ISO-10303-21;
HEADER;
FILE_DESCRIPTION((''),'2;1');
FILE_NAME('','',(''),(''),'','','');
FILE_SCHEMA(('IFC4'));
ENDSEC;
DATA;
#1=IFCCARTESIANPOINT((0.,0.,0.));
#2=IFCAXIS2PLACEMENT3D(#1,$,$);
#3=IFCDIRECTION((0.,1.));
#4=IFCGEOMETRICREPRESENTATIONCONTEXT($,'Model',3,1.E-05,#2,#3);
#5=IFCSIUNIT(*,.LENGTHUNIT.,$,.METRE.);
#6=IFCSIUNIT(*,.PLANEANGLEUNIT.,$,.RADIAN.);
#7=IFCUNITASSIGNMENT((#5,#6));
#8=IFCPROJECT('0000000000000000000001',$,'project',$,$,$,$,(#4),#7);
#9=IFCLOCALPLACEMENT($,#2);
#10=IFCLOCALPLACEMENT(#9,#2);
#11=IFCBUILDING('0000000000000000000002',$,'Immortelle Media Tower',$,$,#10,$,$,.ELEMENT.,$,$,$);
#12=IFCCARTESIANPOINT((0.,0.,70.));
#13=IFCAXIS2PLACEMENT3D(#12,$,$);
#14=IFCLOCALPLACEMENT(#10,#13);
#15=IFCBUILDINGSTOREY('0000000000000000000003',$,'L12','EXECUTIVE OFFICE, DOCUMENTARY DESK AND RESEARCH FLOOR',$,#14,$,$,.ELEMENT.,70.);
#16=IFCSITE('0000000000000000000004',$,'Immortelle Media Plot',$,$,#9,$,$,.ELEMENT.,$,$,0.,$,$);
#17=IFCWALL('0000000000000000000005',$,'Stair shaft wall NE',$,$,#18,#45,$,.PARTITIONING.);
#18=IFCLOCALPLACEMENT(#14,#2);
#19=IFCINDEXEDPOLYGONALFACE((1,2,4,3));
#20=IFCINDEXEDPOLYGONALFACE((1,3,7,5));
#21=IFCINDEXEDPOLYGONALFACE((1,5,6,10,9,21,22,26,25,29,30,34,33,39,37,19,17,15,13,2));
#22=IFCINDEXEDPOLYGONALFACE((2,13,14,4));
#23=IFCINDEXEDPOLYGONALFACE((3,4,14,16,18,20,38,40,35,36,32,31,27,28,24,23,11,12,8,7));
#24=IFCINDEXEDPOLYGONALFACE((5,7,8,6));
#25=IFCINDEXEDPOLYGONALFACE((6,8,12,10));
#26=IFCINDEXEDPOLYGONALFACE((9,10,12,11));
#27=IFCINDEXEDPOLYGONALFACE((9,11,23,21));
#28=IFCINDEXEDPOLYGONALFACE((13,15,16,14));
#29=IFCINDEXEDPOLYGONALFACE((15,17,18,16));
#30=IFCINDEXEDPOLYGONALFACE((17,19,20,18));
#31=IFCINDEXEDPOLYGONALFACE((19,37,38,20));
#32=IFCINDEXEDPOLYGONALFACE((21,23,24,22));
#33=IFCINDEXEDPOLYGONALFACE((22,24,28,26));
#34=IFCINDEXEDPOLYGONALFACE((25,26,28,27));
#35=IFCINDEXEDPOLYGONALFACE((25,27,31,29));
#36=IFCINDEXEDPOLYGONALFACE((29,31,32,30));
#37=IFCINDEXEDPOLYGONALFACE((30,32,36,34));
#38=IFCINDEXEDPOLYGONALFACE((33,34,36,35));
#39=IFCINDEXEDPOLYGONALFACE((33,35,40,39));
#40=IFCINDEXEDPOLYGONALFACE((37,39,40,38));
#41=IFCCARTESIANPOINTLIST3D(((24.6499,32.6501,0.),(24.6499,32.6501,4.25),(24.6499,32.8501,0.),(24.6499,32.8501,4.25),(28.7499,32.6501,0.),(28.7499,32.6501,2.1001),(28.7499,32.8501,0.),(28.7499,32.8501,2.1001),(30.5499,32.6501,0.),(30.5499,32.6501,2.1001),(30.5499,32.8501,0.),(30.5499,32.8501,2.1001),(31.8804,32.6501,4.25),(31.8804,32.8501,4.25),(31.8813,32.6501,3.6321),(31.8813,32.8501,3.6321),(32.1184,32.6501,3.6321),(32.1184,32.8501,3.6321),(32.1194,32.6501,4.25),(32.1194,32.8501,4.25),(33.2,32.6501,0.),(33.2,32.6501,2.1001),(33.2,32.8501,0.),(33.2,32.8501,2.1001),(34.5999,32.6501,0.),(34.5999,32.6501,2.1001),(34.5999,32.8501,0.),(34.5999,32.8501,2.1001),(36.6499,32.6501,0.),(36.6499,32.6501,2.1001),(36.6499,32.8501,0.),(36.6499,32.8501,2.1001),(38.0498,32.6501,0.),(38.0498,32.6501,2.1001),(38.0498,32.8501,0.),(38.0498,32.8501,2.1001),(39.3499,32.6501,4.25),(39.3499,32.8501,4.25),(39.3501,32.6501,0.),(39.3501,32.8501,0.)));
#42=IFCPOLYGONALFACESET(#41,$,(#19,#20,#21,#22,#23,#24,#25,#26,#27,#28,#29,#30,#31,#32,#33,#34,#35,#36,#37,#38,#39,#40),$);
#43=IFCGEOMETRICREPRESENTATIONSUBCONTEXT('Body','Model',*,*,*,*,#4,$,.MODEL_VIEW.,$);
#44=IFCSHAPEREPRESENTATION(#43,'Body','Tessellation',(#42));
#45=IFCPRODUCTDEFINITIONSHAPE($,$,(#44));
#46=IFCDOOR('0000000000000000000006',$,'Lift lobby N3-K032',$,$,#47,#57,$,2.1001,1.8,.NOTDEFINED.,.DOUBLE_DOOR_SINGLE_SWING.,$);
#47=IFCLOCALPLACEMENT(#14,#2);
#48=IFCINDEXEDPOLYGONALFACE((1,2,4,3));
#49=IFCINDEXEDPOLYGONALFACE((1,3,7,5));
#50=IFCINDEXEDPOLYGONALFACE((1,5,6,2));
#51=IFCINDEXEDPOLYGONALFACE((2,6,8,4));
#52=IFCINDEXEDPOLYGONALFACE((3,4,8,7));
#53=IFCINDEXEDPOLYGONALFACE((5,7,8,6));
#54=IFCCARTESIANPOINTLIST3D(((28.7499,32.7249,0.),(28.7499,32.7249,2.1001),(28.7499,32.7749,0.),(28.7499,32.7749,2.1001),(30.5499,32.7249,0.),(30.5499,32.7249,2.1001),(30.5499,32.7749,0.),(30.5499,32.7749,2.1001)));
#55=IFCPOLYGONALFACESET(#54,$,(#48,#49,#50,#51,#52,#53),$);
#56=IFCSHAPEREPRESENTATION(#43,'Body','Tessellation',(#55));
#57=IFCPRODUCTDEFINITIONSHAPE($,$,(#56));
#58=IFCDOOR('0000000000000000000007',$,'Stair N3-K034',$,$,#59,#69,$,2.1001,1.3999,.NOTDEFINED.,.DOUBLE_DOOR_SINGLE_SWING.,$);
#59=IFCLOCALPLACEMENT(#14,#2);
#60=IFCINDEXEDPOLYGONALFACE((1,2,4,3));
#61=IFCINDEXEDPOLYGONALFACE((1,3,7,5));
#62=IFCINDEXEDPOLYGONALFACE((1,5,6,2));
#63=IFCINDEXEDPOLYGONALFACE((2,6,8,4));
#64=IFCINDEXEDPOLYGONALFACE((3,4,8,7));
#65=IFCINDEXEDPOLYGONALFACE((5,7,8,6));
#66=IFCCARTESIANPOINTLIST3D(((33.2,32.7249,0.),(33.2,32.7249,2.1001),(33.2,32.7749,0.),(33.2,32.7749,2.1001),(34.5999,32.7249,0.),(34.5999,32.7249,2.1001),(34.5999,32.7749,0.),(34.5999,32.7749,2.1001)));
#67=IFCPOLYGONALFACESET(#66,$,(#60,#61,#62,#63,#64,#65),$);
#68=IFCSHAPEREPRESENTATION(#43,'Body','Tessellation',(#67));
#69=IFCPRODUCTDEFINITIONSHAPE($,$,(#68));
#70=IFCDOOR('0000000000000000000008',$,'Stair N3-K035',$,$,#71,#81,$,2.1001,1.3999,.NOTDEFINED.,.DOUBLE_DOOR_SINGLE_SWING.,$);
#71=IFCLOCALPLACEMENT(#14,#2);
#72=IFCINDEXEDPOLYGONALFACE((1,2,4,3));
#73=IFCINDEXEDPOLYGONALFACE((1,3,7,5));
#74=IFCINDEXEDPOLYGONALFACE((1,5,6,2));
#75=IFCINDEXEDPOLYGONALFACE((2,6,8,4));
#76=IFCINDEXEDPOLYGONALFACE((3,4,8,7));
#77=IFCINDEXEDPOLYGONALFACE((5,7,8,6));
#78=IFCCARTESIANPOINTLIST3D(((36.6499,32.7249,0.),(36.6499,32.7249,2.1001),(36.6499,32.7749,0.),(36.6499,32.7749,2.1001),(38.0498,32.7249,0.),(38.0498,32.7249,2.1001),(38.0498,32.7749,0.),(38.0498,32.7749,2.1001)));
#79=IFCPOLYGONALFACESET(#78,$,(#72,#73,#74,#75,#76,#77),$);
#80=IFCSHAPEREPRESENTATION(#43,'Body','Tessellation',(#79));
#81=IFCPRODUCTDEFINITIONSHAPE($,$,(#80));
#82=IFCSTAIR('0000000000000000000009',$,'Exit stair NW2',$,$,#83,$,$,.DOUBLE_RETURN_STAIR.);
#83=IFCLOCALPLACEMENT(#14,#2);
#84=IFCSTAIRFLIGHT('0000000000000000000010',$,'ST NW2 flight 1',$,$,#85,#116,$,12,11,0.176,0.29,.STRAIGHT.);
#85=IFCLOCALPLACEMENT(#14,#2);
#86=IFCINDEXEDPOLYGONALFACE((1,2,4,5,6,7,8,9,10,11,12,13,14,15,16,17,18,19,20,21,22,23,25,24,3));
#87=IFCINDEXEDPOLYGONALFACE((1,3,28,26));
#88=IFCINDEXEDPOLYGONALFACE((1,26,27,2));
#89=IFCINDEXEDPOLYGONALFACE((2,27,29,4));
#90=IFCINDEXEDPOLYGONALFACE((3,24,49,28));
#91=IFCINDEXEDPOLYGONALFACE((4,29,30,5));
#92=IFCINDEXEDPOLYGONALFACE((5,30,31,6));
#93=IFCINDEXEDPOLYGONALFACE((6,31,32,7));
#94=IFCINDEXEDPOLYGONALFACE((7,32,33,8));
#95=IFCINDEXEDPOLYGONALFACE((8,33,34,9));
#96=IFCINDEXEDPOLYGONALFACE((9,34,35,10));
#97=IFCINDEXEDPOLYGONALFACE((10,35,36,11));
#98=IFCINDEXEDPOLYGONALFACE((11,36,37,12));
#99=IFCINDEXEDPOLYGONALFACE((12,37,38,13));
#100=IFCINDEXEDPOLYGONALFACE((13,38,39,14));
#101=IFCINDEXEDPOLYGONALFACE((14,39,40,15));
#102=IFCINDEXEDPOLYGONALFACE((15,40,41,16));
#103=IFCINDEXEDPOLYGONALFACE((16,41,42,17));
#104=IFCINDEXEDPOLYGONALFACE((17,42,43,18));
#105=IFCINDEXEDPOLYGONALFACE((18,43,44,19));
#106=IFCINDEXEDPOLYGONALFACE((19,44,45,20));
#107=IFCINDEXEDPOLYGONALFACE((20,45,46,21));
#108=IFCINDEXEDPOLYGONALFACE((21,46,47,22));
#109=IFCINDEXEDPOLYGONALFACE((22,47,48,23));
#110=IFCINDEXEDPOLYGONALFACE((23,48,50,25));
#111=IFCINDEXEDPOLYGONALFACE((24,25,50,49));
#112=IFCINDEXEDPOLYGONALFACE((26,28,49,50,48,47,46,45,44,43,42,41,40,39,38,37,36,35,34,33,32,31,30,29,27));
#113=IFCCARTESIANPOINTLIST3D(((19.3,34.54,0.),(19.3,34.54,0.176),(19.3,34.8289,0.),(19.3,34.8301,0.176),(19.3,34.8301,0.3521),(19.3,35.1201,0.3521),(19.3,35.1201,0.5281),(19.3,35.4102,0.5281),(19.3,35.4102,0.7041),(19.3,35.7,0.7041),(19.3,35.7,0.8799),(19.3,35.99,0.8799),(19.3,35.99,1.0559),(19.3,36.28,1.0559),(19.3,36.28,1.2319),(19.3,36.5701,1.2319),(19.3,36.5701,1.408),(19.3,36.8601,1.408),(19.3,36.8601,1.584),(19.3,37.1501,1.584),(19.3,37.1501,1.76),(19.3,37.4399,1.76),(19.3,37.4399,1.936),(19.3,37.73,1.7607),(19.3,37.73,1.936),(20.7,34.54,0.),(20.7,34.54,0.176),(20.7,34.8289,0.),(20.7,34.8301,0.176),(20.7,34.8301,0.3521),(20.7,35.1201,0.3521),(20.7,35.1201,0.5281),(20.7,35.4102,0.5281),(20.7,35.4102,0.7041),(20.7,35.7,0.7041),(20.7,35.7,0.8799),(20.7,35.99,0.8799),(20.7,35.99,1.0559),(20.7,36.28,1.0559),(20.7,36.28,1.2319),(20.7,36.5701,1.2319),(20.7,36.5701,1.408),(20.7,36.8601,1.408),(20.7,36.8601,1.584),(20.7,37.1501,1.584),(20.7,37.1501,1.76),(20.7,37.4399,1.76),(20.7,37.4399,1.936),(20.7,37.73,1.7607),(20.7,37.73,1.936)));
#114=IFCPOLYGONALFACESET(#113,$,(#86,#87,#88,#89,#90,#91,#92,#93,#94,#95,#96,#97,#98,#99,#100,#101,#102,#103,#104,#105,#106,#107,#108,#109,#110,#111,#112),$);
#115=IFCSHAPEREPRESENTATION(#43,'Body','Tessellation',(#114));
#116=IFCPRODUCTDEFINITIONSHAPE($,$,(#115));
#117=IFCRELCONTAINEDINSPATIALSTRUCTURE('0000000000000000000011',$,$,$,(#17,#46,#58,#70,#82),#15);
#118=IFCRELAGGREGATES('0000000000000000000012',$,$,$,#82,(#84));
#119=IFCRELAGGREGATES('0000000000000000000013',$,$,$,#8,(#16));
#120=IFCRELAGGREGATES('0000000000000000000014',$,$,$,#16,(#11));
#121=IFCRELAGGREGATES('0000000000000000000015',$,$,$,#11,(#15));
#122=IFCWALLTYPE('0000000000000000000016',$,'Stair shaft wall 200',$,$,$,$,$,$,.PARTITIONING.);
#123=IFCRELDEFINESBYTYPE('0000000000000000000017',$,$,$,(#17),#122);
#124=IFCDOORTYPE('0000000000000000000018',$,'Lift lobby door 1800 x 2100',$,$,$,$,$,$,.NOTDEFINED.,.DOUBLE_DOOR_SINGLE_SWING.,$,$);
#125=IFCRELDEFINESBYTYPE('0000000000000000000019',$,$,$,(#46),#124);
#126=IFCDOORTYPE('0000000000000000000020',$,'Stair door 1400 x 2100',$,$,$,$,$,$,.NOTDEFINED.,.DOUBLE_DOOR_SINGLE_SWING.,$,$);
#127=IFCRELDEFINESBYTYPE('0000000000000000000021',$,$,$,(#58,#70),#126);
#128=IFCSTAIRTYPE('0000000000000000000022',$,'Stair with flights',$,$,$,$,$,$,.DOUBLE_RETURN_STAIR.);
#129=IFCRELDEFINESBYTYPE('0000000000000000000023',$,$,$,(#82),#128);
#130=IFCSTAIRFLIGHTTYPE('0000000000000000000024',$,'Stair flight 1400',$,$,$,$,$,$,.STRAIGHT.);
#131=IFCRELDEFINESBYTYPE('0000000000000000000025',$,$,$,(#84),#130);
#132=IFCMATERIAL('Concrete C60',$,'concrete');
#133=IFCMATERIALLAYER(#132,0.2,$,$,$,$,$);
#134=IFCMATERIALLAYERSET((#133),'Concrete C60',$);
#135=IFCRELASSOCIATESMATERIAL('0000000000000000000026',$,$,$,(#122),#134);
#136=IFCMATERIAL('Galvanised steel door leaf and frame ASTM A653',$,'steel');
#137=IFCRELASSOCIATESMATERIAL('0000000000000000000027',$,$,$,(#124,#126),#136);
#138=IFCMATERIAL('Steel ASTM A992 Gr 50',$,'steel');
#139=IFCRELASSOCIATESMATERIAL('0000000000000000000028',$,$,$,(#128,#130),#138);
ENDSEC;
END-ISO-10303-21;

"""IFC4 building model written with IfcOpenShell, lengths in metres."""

from ifc_helpers import new_model, si_unit, direction, frame, frame_2d, origin, place, context, subcontext, project, spatial, polyline, rectangle, outline, extrude, material, layer, layer_set, type_object, element, fill, aggregate, save


model = new_model("IFC4")

# Units and contexts
model_context = context("Model", 3, precision=1e-05, world=origin(), true_north=direction((0.0, 1.0)))
body_context = subcontext(model_context, "Body", "Model", "MODEL_VIEW")
ifc_project = project(units=[si_unit("LENGTHUNIT", "METRE"), si_unit("PLANEANGLEUNIT", "RADIAN")], contexts=[model_context])

# Site, building, storey
site_placement = place(None, origin())
site = spatial("IfcSite", under=ifc_project, at=site_placement, Name="Immortelle Media Plot", CompositionType="ELEMENT", RefElevation=0.0)
building_placement = place(site_placement, origin())
building = spatial("IfcBuilding", under=site, at=building_placement, Name="Immortelle Media Tower", CompositionType="ELEMENT")
storey_placement = place(building_placement, frame((0.0, 0.0, 70.0)))
storey = spatial("IfcBuildingStorey", under=building, at=storey_placement, Name="L12", Description="EXECUTIVE OFFICE, DOCUMENTARY DESK AND RESEARCH FLOOR", CompositionType="ELEMENT", Elevation=70.0)

# Shared definitions
ifc_material_1 = material(Name="Steel ASTM A992 Gr 50", Category="steel")

# Shared definitions
ifc_material_2 = material(Name="Concrete C60", Category="concrete")
ifc_layer_1 = layer(ifc_material_2, 0.2)
ifc_layer_set_1 = layer_set([ifc_layer_1], Name="Concrete C60")
wall_type_1 = type_object("IfcWallType", Name="Stair shaft wall 200", PredefinedType="PARTITIONING", material=ifc_layer_set_1)

# Wall, openings, doors
wall_1_placement = place(storey_placement, frame((24.6499, 32.75, 0.0), z_axis=(0.0, 0.0, 1.0), x_axis=(1.0, 0.0, 0.0)))
wall_1 = element("IfcWall", 1, at=wall_1_placement, inside=storey, type_object=wall_type_1, Name="Stair shaft wall NE", PredefinedType="PARTITIONING", context=body_context, shape_type="SweptSolid", body=[
    extrude(outline(polyline([(0.0, 0.0), (14.7002, 0.0), (14.7, 4.25), (7.4695, 4.25), (7.4685, 3.6321), (7.2314, 3.6321), (7.2305, 4.25), (0.0, 4.25), (0.0, 0.0)])), frame((0.0, 0.1001, 0.0), z_axis=(0.0, -1.0, 0.0), x_axis=(1.0, 0.0, 0.0)), (0.0, 0.0, 1.0), 0.2),
])
opening_1_placement = place(wall_1_placement, frame((4.1001, 0.0, 0.0)))
opening_1 = element("IfcOpeningElement", 2, at=opening_1_placement, cuts=wall_1, PredefinedType="OPENING", context=body_context, shape_type="SweptSolid", body=[
    extrude(rectangle(XDim=1.8, YDim=2.1001, at=frame_2d((0.8999, 1.05))), frame((0.0, 0.1099, 0.0), z_axis=(0.0, -1.0, 0.0), x_axis=(1.0, 0.0, 0.0)), (0.0, 0.0, 1.0), 0.22),
])
opening_2_placement = place(wall_1_placement, frame((8.55, 0.0, 0.0)))
opening_2 = element("IfcOpeningElement", 3, at=opening_2_placement, cuts=wall_1, PredefinedType="OPENING", context=body_context, shape_type="SweptSolid", body=[
    extrude(rectangle(XDim=1.3999, YDim=2.1001, at=frame_2d((0.7, 1.05))), frame((0.0, 0.1099, 0.0), z_axis=(0.0, -1.0, 0.0), x_axis=(1.0, 0.0, 0.0)), (0.0, 0.0, 1.0), 0.22),
])
opening_3_placement = place(wall_1_placement, frame((12.0, 0.0, 0.0)))
opening_3 = element("IfcOpeningElement", 4, at=opening_3_placement, cuts=wall_1, PredefinedType="OPENING", context=body_context, shape_type="SweptSolid", body=[
    extrude(rectangle(XDim=1.3999, YDim=2.1001, at=frame_2d((0.7, 1.05))), frame((0.0, 0.1099, 0.0), z_axis=(0.0, -1.0, 0.0), x_axis=(1.0, 0.0, 0.0)), (0.0, 0.0, 1.0), 0.22),
])
ifc_material_3 = material(Name="Galvanised steel door leaf and frame ASTM A653", Category="steel")
door_type_1 = type_object("IfcDoorType", Name="Lift lobby door 1800 x 2100", OperationType="DOUBLE_DOOR_SINGLE_SWING", PredefinedType="NOTDEFINED", material=ifc_material_3)
door_1_placement = place(opening_1_placement, origin())
door_1 = element("IfcDoor", 5, at=door_1_placement, inside=storey, type_object=door_type_1, Name="Lift lobby N3-K032", OperationType="DOUBLE_DOOR_SINGLE_SWING", OverallHeight=2.1001, OverallWidth=1.8, PredefinedType="NOTDEFINED", context=body_context, shape_type="SweptSolid", body=[
    extrude(rectangle(XDim=1.8, YDim=2.1001, at=frame_2d((0.8999, 1.05))), frame((0.0, 0.0249, 0.0), z_axis=(0.0, -1.0, 0.0), x_axis=(1.0, 0.0, 0.0)), (0.0, 0.0, 1.0), 0.05),
])
fill(opening_1, door_1)
door_type_2 = type_object("IfcDoorType", Name="Stair door 1400 x 2100", OperationType="DOUBLE_DOOR_SINGLE_SWING", PredefinedType="NOTDEFINED", material=ifc_material_3)
door_2_placement = place(opening_2_placement, origin())
door_2 = element("IfcDoor", 6, at=door_2_placement, inside=storey, type_object=door_type_2, Name="Stair N3-K034", OperationType="DOUBLE_DOOR_SINGLE_SWING", OverallHeight=2.1001, OverallWidth=1.3999, PredefinedType="NOTDEFINED", context=body_context, shape_type="SweptSolid", body=[
    extrude(rectangle(XDim=1.3999, YDim=2.1001, at=frame_2d((0.7, 1.05))), frame((0.0, 0.0249, 0.0), z_axis=(0.0, -1.0, 0.0), x_axis=(1.0, 0.0, 0.0)), (0.0, 0.0, 1.0), 0.05),
])
fill(opening_2, door_2)
door_3_placement = place(opening_3_placement, origin())
door_3 = element("IfcDoor", 7, at=door_3_placement, inside=storey, type_object=door_type_2, Name="Stair N3-K035", OperationType="DOUBLE_DOOR_SINGLE_SWING", OverallHeight=2.1001, OverallWidth=1.3999, PredefinedType="NOTDEFINED", context=body_context, shape_type="SweptSolid", body=[
    extrude(rectangle(XDim=1.3999, YDim=2.1001, at=frame_2d((0.7, 1.05))), frame((0.0, 0.0249, 0.0), z_axis=(0.0, -1.0, 0.0), x_axis=(1.0, 0.0, 0.0)), (0.0, 0.0, 1.0), 0.05),
])
fill(opening_3, door_3)

# Stair, stair flight
stair_type = type_object("IfcStairType", Name="Stair with flights", PredefinedType="DOUBLE_RETURN_STAIR", material=ifc_material_1)
stair_placement = place(storey_placement, origin())
stair = element("IfcStair", 8, at=stair_placement, inside=storey, type_object=stair_type, Name="Exit stair NW2", PredefinedType="DOUBLE_RETURN_STAIR")
stair_flight_type = type_object("IfcStairFlightType", Name="Stair flight 1400", PredefinedType="STRAIGHT", material=ifc_material_1)
stair_flight_placement = place(storey_placement, frame((20.0, 34.54, 0.0), z_axis=(0.0, 0.0, 1.0), x_axis=(0.0, 1.0, 0.0)))
stair_flight = element("IfcStairFlight", 9, at=stair_flight_placement, type_object=stair_flight_type, Name="ST NW2 flight 1", NumberOfRisers=12, NumberOfTreads=11, PredefinedType="STRAIGHT", RiserHeight=0.176, TreadLength=0.29, context=body_context, shape_type="SweptSolid", body=[
    extrude(outline(polyline([(0.0, 0.0), (0.0, 0.176), (0.29, 0.176), (0.29, 0.3521), (0.5801, 0.3521), (0.5801, 0.5281), (0.8701, 0.5281), (0.8701, 0.7041), (1.1599, 0.7041), (1.1599, 0.8799), (1.45, 0.8799), (1.45, 1.0559), (1.74, 1.0559), (1.74, 1.2319), (2.03, 1.2319), (2.03, 1.408), (2.3201, 1.408), (2.3201, 1.584), (2.6101, 1.584), (2.6101, 1.76), (2.8999, 1.76), (2.8999, 1.936), (3.1899, 1.936), (3.1899, 2.1121), (3.1899, 1.7607), (0.2888, 0.0), (0.0, 0.0)])), frame((0.0, 0.7, 0.0), z_axis=(0.0, -1.0, 0.0), x_axis=(1.0, 0.0, 0.0)), (0.0, 0.0, 1.0), 1.3999),
])
aggregate(stair, [stair_flight])

save(model, "model.ifc")
